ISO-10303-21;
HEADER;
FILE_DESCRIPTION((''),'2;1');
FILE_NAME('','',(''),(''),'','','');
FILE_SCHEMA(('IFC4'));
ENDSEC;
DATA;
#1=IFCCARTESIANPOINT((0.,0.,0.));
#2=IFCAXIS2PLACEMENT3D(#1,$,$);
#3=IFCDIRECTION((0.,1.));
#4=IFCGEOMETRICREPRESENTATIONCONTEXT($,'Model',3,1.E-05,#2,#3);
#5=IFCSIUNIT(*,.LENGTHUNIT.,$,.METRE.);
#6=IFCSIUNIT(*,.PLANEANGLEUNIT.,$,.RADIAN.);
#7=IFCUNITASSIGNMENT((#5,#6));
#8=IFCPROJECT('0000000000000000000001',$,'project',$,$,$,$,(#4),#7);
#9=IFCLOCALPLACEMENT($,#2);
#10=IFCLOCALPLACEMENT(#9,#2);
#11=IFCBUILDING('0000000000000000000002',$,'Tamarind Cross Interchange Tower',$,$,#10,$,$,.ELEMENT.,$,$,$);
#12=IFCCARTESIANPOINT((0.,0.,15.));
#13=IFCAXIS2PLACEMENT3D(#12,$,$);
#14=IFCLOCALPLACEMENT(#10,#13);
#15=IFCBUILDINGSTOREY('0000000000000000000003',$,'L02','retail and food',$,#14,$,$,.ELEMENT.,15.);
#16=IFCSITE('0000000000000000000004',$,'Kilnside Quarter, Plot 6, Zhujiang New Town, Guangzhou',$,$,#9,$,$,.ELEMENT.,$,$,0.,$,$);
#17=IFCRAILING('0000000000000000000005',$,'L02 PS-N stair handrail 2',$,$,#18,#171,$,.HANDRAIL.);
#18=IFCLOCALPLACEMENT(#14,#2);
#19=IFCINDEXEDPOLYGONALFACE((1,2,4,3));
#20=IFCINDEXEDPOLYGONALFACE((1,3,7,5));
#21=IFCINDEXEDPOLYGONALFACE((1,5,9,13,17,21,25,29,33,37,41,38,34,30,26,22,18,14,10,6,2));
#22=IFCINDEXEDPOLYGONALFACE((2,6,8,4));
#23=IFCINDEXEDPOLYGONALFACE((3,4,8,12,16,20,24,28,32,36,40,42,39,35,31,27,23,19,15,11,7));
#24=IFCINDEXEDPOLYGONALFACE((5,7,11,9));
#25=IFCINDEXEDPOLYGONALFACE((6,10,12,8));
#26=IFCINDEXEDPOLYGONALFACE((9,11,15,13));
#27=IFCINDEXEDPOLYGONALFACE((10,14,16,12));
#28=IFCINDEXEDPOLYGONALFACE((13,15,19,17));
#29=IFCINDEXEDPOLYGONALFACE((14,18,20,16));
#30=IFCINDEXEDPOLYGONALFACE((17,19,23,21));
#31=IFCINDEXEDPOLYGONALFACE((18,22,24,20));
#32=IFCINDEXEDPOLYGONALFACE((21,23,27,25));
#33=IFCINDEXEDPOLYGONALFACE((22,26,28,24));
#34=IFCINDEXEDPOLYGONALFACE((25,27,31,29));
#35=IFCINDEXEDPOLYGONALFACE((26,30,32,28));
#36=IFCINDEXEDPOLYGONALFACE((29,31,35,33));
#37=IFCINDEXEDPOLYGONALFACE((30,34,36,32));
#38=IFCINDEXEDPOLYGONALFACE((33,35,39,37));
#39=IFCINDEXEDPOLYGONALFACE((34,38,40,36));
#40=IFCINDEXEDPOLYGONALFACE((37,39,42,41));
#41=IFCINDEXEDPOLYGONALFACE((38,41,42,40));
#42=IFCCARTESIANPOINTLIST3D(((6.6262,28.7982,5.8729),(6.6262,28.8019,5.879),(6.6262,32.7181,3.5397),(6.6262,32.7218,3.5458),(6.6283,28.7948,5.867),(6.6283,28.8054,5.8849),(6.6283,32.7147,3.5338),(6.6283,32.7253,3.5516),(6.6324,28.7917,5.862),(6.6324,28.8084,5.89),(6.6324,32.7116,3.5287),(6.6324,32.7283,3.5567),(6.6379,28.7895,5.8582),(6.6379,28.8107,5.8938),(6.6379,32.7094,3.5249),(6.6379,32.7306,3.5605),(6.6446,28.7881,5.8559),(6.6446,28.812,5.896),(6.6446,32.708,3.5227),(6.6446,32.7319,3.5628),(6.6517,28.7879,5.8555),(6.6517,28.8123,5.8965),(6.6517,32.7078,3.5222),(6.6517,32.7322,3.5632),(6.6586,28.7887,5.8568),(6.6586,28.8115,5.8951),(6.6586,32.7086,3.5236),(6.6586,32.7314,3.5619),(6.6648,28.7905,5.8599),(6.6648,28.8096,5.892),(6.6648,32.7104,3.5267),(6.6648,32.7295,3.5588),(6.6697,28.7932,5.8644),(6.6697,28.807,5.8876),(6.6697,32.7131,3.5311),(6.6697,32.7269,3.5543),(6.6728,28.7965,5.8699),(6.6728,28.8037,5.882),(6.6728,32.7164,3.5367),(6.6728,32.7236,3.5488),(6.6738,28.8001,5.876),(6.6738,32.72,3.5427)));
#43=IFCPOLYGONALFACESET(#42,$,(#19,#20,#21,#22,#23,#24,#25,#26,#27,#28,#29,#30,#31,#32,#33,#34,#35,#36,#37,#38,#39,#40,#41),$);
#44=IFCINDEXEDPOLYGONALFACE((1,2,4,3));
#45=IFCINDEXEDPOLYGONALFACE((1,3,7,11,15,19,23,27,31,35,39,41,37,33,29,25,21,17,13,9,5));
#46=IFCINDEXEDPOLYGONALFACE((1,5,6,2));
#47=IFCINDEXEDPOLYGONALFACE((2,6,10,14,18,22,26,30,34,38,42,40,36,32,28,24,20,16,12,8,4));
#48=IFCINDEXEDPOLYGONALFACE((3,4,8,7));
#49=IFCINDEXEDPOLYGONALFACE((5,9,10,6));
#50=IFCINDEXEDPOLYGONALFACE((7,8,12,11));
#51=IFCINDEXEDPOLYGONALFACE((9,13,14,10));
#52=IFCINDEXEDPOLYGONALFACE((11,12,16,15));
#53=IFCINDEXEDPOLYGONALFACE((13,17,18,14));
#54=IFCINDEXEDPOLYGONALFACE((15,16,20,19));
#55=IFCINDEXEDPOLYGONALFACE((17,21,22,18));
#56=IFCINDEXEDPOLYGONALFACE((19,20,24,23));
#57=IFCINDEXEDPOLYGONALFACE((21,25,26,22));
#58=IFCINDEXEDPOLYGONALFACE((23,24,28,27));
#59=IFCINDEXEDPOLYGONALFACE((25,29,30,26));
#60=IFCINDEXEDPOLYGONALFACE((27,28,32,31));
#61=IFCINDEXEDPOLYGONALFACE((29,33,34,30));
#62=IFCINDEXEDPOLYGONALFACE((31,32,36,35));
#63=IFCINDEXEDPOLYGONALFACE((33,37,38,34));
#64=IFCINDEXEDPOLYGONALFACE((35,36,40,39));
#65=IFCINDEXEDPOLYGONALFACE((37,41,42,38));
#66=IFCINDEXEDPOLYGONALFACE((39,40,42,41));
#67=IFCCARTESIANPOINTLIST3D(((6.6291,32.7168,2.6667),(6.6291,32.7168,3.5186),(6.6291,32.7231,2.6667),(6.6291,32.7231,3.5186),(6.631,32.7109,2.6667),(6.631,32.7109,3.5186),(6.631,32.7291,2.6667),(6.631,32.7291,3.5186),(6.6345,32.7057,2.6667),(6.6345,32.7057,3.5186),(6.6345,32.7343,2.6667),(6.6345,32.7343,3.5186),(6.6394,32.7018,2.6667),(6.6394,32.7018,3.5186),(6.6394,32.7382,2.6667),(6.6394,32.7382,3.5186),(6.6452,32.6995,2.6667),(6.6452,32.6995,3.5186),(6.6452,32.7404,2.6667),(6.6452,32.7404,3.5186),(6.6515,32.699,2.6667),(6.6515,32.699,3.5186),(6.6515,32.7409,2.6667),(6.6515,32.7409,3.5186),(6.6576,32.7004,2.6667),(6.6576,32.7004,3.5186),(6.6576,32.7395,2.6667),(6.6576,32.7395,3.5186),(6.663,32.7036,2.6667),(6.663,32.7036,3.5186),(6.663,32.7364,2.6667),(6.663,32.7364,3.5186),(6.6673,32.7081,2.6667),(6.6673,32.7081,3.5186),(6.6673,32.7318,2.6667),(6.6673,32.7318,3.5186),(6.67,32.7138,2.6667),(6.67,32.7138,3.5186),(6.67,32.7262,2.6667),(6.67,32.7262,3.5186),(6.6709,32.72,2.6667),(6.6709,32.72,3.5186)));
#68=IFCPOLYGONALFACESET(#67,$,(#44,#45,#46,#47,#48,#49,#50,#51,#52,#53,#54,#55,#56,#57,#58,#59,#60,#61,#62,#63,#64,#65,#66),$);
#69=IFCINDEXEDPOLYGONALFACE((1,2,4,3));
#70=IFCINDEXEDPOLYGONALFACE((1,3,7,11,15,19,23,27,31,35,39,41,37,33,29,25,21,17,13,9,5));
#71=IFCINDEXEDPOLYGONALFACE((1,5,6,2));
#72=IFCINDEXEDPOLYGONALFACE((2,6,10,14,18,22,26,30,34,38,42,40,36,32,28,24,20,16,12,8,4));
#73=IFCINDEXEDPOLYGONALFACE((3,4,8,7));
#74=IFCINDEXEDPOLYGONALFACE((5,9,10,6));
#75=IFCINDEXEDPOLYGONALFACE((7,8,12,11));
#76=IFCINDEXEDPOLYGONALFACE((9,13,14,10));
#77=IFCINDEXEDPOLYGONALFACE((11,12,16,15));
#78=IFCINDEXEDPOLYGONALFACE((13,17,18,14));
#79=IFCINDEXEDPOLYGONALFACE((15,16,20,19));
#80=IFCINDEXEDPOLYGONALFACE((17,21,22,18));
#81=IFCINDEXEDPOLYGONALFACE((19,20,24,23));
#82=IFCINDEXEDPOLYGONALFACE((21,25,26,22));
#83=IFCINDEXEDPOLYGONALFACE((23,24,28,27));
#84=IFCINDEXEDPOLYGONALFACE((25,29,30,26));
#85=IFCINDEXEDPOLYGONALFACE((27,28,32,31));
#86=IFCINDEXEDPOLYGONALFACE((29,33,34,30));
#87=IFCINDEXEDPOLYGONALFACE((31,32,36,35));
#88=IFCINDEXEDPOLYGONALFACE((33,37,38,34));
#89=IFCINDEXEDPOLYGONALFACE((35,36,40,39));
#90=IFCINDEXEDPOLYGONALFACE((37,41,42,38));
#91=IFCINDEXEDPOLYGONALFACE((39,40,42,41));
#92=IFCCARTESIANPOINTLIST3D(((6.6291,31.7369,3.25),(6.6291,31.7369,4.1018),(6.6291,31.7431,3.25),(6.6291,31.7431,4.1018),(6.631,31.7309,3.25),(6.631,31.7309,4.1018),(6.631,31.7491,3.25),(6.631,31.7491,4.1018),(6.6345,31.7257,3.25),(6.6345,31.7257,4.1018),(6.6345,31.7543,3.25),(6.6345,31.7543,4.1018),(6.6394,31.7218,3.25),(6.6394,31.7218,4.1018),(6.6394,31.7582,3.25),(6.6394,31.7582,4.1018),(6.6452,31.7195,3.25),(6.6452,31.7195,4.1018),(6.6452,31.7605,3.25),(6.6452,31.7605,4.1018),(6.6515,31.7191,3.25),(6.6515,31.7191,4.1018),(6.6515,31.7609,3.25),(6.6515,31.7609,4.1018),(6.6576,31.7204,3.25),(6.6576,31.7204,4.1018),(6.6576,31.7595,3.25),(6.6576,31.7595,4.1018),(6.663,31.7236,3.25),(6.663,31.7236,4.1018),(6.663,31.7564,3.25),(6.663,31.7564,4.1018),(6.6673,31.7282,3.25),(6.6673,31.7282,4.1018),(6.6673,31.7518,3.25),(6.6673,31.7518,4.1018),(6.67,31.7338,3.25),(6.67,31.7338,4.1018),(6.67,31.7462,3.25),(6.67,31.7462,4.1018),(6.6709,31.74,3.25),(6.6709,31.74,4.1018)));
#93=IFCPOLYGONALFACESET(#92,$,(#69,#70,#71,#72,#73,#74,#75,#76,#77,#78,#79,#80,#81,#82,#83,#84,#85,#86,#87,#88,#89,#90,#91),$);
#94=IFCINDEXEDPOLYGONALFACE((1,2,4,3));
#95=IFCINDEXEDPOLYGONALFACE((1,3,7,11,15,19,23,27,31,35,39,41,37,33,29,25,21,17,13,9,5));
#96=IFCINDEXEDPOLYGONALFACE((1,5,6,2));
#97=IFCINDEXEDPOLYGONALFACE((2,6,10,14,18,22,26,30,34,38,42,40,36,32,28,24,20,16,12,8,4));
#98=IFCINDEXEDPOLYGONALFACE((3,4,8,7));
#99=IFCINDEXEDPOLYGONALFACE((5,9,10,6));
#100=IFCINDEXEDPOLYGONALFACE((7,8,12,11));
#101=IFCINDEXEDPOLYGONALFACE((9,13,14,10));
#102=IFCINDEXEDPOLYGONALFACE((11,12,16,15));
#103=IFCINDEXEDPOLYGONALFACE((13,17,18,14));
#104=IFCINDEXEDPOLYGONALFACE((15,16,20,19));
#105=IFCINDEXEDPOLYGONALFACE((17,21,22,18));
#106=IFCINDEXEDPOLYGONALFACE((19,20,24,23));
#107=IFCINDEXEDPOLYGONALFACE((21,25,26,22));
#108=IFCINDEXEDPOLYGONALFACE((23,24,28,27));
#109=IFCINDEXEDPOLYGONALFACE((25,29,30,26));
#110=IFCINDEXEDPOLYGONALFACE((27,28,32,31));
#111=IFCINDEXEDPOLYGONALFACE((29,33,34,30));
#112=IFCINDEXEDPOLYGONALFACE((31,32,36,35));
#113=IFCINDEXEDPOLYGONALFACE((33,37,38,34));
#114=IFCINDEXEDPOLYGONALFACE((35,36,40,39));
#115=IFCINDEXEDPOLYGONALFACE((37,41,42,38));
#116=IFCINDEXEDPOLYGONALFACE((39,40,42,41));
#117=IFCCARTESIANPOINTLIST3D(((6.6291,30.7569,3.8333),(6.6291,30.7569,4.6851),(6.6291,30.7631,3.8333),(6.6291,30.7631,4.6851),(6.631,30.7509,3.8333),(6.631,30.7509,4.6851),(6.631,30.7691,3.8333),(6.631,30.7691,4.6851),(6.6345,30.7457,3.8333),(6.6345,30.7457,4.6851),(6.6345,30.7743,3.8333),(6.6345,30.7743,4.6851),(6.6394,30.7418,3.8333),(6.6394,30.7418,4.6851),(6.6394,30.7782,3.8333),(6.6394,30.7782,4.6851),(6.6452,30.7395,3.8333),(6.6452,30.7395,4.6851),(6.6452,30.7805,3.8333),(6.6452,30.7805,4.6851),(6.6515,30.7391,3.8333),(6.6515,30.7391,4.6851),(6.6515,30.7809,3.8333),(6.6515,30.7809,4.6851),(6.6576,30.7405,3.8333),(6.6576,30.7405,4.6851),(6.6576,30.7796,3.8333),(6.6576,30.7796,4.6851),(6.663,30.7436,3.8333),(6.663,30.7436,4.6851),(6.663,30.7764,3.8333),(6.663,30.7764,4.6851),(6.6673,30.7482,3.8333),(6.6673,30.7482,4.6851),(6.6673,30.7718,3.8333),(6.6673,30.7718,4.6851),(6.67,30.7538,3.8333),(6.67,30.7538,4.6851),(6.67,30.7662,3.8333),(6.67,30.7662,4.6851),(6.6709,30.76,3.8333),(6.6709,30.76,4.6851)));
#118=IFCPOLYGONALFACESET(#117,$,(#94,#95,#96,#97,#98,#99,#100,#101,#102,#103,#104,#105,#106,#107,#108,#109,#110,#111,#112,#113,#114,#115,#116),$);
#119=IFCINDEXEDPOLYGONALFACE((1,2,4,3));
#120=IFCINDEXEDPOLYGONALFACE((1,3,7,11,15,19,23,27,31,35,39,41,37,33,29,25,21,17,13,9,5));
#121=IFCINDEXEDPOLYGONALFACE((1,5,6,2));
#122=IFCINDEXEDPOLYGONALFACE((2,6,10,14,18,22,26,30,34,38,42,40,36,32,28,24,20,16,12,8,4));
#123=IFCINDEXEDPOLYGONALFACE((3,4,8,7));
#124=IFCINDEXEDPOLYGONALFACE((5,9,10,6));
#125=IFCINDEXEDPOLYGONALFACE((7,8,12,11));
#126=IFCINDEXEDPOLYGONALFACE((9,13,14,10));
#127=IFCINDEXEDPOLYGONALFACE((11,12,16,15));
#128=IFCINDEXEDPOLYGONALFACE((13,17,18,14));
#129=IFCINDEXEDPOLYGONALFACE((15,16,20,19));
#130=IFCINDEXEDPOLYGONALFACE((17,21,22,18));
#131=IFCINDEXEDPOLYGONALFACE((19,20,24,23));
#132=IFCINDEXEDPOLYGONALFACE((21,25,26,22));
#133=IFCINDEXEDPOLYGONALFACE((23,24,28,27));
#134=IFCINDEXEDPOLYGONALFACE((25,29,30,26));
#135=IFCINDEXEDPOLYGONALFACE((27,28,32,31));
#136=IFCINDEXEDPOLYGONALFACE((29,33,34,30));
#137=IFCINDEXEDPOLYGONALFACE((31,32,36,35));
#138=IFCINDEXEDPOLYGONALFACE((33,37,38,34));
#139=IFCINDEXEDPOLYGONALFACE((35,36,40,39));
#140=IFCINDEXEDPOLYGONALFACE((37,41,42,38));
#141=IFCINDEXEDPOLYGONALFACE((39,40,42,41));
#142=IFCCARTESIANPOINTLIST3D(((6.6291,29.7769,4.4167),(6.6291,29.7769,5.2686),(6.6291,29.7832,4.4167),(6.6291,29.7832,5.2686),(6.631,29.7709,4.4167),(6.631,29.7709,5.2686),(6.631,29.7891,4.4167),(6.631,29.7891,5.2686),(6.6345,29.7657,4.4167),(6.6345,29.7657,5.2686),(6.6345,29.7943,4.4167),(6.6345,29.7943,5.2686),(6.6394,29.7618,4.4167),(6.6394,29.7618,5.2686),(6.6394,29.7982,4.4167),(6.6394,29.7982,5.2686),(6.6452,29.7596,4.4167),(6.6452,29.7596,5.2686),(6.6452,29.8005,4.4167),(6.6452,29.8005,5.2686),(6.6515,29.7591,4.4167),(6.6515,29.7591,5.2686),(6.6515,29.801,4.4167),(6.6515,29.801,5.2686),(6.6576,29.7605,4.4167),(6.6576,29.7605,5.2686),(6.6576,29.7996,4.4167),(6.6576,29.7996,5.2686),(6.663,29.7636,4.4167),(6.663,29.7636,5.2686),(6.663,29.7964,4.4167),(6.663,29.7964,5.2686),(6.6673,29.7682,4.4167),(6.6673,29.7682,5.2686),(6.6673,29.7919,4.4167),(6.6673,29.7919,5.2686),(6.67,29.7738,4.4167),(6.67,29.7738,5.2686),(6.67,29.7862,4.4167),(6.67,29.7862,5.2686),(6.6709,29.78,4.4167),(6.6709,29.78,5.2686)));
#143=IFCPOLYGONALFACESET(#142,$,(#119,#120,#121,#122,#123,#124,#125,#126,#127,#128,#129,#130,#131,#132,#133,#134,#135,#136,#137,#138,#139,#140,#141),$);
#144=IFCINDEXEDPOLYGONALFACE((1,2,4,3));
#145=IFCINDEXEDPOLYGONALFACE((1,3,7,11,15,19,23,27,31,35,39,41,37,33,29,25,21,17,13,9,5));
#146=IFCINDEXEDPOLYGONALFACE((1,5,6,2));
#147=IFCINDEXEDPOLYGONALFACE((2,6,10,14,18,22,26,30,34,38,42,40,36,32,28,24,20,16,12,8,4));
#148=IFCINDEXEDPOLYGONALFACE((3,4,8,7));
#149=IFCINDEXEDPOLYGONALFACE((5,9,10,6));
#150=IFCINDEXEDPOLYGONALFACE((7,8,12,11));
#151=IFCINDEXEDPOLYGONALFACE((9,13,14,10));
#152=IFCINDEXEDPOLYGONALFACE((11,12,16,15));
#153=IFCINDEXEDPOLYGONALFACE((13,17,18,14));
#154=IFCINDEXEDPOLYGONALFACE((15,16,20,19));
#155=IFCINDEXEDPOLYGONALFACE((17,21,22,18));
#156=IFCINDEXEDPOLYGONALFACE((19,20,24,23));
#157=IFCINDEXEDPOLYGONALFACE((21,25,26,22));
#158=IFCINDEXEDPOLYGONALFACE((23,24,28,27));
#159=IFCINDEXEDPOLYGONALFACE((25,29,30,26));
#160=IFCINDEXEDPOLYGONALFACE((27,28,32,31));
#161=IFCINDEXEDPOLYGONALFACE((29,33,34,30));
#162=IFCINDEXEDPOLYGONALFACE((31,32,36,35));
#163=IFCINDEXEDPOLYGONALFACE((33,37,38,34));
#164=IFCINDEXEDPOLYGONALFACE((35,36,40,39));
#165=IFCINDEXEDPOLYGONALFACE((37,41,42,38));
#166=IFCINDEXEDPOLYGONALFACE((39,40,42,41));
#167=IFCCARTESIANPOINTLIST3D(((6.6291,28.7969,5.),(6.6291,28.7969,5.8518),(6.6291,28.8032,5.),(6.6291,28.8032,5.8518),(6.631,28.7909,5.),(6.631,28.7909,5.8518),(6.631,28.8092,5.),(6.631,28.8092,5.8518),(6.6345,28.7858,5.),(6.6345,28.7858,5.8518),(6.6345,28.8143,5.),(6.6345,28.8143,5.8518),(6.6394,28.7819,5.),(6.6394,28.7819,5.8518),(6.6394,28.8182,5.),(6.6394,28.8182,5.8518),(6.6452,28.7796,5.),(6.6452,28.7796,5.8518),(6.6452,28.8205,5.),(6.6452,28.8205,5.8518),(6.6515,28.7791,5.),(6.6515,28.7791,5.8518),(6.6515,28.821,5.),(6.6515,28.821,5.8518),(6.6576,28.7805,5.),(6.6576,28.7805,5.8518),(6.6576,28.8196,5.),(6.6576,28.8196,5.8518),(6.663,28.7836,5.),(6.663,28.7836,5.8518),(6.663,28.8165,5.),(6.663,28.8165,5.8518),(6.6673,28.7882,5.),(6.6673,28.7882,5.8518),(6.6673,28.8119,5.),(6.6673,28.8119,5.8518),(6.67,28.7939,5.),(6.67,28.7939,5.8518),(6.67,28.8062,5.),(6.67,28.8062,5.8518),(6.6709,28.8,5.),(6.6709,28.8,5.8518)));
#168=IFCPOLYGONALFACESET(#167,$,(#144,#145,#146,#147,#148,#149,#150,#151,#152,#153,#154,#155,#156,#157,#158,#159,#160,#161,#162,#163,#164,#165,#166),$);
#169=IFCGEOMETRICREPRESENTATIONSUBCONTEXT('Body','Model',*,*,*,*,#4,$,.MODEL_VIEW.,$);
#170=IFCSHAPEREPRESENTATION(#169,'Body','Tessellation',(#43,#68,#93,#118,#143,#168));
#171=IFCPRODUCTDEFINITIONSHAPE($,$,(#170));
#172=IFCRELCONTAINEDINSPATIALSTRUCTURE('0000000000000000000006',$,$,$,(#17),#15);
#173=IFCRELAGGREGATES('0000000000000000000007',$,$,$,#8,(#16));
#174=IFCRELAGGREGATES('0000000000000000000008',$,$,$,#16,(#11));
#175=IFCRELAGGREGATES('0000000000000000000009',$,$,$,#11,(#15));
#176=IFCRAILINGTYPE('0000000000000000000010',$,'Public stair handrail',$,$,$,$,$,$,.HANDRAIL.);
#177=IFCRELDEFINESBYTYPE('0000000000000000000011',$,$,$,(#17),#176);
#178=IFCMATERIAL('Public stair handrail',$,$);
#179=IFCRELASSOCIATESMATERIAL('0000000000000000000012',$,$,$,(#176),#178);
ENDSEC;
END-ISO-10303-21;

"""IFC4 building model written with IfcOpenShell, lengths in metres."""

from ifc_helpers import new_model, si_unit, direction, frame, origin, origin_2d, place, context, subcontext, project, spatial, circle, extrude, material, type_object, element, save


model = new_model("IFC4")

# Units and contexts
model_context = context("Model", 3, precision=1e-05, world=origin(), true_north=direction((0.0, 1.0)))
body_context = subcontext(model_context, "Body", "Model", "MODEL_VIEW")
ifc_project = project(units=[si_unit("LENGTHUNIT", "METRE"), si_unit("PLANEANGLEUNIT", "RADIAN")], contexts=[model_context])

# Site, building, storey
site_placement = place(None, origin())
site = spatial("IfcSite", under=ifc_project, at=site_placement, Name="Kilnside Quarter, Plot 6, Zhujiang New Town, Guangzhou", CompositionType="ELEMENT", RefElevation=0.0)
building_placement = place(site_placement, origin())
building = spatial("IfcBuilding", under=site, at=building_placement, Name="Tamarind Cross Interchange Tower", CompositionType="ELEMENT")
storey_placement = place(building_placement, frame((0.0, 0.0, 15.0)))
storey = spatial("IfcBuildingStorey", under=building, at=storey_placement, Name="L02", Description="retail and food", CompositionType="ELEMENT", Elevation=15.0)

# Railing
ifc_material_1 = material(Name="Public stair handrail")
railing_type_1 = type_object("IfcRailingType", Name="Public stair handrail", PredefinedType="HANDRAIL", material=ifc_material_1)
railing_1_placement = place(storey_placement, frame((6.6499, 32.72, 2.6667)))
element("IfcRailing", 1, at=railing_1_placement, inside=storey, type_object=railing_type_1, Name="L02 PS-N stair handrail 2", PredefinedType="HANDRAIL", context=body_context, shape_type="SweptSolid", body=[
    extrude(circle(Radius=0.0239, at=origin_2d()), frame((0.0, 0.0, 0.876), z_axis=(0.0, -0.859296, 0.511478), x_axis=(1.0, 0.0, 0.0)), (0.0, 0.0, 1.0), 4.5618),
    extrude(circle(Radius=0.021, at=origin_2d()), origin(), (0.0, 0.0, 1.0), 0.8518),
    extrude(circle(Radius=0.021, at=origin_2d()), frame((0.0, -0.98, 0.5833)), (0.0, 0.0, 1.0), 0.8518),
    extrude(circle(Radius=0.021, at=origin_2d()), frame((0.0, -1.96, 1.1665)), (0.0, 0.0, 1.0), 0.8518),
    extrude(circle(Radius=0.021, at=origin_2d()), frame((0.0, -2.9399, 1.75)), (0.0, 0.0, 1.0), 0.8518),
    extrude(circle(Radius=0.021, at=origin_2d()), frame((0.0, -3.9199, 2.3333)), (0.0, 0.0, 1.0), 0.8518),
])

save(model, "model.ifc")
